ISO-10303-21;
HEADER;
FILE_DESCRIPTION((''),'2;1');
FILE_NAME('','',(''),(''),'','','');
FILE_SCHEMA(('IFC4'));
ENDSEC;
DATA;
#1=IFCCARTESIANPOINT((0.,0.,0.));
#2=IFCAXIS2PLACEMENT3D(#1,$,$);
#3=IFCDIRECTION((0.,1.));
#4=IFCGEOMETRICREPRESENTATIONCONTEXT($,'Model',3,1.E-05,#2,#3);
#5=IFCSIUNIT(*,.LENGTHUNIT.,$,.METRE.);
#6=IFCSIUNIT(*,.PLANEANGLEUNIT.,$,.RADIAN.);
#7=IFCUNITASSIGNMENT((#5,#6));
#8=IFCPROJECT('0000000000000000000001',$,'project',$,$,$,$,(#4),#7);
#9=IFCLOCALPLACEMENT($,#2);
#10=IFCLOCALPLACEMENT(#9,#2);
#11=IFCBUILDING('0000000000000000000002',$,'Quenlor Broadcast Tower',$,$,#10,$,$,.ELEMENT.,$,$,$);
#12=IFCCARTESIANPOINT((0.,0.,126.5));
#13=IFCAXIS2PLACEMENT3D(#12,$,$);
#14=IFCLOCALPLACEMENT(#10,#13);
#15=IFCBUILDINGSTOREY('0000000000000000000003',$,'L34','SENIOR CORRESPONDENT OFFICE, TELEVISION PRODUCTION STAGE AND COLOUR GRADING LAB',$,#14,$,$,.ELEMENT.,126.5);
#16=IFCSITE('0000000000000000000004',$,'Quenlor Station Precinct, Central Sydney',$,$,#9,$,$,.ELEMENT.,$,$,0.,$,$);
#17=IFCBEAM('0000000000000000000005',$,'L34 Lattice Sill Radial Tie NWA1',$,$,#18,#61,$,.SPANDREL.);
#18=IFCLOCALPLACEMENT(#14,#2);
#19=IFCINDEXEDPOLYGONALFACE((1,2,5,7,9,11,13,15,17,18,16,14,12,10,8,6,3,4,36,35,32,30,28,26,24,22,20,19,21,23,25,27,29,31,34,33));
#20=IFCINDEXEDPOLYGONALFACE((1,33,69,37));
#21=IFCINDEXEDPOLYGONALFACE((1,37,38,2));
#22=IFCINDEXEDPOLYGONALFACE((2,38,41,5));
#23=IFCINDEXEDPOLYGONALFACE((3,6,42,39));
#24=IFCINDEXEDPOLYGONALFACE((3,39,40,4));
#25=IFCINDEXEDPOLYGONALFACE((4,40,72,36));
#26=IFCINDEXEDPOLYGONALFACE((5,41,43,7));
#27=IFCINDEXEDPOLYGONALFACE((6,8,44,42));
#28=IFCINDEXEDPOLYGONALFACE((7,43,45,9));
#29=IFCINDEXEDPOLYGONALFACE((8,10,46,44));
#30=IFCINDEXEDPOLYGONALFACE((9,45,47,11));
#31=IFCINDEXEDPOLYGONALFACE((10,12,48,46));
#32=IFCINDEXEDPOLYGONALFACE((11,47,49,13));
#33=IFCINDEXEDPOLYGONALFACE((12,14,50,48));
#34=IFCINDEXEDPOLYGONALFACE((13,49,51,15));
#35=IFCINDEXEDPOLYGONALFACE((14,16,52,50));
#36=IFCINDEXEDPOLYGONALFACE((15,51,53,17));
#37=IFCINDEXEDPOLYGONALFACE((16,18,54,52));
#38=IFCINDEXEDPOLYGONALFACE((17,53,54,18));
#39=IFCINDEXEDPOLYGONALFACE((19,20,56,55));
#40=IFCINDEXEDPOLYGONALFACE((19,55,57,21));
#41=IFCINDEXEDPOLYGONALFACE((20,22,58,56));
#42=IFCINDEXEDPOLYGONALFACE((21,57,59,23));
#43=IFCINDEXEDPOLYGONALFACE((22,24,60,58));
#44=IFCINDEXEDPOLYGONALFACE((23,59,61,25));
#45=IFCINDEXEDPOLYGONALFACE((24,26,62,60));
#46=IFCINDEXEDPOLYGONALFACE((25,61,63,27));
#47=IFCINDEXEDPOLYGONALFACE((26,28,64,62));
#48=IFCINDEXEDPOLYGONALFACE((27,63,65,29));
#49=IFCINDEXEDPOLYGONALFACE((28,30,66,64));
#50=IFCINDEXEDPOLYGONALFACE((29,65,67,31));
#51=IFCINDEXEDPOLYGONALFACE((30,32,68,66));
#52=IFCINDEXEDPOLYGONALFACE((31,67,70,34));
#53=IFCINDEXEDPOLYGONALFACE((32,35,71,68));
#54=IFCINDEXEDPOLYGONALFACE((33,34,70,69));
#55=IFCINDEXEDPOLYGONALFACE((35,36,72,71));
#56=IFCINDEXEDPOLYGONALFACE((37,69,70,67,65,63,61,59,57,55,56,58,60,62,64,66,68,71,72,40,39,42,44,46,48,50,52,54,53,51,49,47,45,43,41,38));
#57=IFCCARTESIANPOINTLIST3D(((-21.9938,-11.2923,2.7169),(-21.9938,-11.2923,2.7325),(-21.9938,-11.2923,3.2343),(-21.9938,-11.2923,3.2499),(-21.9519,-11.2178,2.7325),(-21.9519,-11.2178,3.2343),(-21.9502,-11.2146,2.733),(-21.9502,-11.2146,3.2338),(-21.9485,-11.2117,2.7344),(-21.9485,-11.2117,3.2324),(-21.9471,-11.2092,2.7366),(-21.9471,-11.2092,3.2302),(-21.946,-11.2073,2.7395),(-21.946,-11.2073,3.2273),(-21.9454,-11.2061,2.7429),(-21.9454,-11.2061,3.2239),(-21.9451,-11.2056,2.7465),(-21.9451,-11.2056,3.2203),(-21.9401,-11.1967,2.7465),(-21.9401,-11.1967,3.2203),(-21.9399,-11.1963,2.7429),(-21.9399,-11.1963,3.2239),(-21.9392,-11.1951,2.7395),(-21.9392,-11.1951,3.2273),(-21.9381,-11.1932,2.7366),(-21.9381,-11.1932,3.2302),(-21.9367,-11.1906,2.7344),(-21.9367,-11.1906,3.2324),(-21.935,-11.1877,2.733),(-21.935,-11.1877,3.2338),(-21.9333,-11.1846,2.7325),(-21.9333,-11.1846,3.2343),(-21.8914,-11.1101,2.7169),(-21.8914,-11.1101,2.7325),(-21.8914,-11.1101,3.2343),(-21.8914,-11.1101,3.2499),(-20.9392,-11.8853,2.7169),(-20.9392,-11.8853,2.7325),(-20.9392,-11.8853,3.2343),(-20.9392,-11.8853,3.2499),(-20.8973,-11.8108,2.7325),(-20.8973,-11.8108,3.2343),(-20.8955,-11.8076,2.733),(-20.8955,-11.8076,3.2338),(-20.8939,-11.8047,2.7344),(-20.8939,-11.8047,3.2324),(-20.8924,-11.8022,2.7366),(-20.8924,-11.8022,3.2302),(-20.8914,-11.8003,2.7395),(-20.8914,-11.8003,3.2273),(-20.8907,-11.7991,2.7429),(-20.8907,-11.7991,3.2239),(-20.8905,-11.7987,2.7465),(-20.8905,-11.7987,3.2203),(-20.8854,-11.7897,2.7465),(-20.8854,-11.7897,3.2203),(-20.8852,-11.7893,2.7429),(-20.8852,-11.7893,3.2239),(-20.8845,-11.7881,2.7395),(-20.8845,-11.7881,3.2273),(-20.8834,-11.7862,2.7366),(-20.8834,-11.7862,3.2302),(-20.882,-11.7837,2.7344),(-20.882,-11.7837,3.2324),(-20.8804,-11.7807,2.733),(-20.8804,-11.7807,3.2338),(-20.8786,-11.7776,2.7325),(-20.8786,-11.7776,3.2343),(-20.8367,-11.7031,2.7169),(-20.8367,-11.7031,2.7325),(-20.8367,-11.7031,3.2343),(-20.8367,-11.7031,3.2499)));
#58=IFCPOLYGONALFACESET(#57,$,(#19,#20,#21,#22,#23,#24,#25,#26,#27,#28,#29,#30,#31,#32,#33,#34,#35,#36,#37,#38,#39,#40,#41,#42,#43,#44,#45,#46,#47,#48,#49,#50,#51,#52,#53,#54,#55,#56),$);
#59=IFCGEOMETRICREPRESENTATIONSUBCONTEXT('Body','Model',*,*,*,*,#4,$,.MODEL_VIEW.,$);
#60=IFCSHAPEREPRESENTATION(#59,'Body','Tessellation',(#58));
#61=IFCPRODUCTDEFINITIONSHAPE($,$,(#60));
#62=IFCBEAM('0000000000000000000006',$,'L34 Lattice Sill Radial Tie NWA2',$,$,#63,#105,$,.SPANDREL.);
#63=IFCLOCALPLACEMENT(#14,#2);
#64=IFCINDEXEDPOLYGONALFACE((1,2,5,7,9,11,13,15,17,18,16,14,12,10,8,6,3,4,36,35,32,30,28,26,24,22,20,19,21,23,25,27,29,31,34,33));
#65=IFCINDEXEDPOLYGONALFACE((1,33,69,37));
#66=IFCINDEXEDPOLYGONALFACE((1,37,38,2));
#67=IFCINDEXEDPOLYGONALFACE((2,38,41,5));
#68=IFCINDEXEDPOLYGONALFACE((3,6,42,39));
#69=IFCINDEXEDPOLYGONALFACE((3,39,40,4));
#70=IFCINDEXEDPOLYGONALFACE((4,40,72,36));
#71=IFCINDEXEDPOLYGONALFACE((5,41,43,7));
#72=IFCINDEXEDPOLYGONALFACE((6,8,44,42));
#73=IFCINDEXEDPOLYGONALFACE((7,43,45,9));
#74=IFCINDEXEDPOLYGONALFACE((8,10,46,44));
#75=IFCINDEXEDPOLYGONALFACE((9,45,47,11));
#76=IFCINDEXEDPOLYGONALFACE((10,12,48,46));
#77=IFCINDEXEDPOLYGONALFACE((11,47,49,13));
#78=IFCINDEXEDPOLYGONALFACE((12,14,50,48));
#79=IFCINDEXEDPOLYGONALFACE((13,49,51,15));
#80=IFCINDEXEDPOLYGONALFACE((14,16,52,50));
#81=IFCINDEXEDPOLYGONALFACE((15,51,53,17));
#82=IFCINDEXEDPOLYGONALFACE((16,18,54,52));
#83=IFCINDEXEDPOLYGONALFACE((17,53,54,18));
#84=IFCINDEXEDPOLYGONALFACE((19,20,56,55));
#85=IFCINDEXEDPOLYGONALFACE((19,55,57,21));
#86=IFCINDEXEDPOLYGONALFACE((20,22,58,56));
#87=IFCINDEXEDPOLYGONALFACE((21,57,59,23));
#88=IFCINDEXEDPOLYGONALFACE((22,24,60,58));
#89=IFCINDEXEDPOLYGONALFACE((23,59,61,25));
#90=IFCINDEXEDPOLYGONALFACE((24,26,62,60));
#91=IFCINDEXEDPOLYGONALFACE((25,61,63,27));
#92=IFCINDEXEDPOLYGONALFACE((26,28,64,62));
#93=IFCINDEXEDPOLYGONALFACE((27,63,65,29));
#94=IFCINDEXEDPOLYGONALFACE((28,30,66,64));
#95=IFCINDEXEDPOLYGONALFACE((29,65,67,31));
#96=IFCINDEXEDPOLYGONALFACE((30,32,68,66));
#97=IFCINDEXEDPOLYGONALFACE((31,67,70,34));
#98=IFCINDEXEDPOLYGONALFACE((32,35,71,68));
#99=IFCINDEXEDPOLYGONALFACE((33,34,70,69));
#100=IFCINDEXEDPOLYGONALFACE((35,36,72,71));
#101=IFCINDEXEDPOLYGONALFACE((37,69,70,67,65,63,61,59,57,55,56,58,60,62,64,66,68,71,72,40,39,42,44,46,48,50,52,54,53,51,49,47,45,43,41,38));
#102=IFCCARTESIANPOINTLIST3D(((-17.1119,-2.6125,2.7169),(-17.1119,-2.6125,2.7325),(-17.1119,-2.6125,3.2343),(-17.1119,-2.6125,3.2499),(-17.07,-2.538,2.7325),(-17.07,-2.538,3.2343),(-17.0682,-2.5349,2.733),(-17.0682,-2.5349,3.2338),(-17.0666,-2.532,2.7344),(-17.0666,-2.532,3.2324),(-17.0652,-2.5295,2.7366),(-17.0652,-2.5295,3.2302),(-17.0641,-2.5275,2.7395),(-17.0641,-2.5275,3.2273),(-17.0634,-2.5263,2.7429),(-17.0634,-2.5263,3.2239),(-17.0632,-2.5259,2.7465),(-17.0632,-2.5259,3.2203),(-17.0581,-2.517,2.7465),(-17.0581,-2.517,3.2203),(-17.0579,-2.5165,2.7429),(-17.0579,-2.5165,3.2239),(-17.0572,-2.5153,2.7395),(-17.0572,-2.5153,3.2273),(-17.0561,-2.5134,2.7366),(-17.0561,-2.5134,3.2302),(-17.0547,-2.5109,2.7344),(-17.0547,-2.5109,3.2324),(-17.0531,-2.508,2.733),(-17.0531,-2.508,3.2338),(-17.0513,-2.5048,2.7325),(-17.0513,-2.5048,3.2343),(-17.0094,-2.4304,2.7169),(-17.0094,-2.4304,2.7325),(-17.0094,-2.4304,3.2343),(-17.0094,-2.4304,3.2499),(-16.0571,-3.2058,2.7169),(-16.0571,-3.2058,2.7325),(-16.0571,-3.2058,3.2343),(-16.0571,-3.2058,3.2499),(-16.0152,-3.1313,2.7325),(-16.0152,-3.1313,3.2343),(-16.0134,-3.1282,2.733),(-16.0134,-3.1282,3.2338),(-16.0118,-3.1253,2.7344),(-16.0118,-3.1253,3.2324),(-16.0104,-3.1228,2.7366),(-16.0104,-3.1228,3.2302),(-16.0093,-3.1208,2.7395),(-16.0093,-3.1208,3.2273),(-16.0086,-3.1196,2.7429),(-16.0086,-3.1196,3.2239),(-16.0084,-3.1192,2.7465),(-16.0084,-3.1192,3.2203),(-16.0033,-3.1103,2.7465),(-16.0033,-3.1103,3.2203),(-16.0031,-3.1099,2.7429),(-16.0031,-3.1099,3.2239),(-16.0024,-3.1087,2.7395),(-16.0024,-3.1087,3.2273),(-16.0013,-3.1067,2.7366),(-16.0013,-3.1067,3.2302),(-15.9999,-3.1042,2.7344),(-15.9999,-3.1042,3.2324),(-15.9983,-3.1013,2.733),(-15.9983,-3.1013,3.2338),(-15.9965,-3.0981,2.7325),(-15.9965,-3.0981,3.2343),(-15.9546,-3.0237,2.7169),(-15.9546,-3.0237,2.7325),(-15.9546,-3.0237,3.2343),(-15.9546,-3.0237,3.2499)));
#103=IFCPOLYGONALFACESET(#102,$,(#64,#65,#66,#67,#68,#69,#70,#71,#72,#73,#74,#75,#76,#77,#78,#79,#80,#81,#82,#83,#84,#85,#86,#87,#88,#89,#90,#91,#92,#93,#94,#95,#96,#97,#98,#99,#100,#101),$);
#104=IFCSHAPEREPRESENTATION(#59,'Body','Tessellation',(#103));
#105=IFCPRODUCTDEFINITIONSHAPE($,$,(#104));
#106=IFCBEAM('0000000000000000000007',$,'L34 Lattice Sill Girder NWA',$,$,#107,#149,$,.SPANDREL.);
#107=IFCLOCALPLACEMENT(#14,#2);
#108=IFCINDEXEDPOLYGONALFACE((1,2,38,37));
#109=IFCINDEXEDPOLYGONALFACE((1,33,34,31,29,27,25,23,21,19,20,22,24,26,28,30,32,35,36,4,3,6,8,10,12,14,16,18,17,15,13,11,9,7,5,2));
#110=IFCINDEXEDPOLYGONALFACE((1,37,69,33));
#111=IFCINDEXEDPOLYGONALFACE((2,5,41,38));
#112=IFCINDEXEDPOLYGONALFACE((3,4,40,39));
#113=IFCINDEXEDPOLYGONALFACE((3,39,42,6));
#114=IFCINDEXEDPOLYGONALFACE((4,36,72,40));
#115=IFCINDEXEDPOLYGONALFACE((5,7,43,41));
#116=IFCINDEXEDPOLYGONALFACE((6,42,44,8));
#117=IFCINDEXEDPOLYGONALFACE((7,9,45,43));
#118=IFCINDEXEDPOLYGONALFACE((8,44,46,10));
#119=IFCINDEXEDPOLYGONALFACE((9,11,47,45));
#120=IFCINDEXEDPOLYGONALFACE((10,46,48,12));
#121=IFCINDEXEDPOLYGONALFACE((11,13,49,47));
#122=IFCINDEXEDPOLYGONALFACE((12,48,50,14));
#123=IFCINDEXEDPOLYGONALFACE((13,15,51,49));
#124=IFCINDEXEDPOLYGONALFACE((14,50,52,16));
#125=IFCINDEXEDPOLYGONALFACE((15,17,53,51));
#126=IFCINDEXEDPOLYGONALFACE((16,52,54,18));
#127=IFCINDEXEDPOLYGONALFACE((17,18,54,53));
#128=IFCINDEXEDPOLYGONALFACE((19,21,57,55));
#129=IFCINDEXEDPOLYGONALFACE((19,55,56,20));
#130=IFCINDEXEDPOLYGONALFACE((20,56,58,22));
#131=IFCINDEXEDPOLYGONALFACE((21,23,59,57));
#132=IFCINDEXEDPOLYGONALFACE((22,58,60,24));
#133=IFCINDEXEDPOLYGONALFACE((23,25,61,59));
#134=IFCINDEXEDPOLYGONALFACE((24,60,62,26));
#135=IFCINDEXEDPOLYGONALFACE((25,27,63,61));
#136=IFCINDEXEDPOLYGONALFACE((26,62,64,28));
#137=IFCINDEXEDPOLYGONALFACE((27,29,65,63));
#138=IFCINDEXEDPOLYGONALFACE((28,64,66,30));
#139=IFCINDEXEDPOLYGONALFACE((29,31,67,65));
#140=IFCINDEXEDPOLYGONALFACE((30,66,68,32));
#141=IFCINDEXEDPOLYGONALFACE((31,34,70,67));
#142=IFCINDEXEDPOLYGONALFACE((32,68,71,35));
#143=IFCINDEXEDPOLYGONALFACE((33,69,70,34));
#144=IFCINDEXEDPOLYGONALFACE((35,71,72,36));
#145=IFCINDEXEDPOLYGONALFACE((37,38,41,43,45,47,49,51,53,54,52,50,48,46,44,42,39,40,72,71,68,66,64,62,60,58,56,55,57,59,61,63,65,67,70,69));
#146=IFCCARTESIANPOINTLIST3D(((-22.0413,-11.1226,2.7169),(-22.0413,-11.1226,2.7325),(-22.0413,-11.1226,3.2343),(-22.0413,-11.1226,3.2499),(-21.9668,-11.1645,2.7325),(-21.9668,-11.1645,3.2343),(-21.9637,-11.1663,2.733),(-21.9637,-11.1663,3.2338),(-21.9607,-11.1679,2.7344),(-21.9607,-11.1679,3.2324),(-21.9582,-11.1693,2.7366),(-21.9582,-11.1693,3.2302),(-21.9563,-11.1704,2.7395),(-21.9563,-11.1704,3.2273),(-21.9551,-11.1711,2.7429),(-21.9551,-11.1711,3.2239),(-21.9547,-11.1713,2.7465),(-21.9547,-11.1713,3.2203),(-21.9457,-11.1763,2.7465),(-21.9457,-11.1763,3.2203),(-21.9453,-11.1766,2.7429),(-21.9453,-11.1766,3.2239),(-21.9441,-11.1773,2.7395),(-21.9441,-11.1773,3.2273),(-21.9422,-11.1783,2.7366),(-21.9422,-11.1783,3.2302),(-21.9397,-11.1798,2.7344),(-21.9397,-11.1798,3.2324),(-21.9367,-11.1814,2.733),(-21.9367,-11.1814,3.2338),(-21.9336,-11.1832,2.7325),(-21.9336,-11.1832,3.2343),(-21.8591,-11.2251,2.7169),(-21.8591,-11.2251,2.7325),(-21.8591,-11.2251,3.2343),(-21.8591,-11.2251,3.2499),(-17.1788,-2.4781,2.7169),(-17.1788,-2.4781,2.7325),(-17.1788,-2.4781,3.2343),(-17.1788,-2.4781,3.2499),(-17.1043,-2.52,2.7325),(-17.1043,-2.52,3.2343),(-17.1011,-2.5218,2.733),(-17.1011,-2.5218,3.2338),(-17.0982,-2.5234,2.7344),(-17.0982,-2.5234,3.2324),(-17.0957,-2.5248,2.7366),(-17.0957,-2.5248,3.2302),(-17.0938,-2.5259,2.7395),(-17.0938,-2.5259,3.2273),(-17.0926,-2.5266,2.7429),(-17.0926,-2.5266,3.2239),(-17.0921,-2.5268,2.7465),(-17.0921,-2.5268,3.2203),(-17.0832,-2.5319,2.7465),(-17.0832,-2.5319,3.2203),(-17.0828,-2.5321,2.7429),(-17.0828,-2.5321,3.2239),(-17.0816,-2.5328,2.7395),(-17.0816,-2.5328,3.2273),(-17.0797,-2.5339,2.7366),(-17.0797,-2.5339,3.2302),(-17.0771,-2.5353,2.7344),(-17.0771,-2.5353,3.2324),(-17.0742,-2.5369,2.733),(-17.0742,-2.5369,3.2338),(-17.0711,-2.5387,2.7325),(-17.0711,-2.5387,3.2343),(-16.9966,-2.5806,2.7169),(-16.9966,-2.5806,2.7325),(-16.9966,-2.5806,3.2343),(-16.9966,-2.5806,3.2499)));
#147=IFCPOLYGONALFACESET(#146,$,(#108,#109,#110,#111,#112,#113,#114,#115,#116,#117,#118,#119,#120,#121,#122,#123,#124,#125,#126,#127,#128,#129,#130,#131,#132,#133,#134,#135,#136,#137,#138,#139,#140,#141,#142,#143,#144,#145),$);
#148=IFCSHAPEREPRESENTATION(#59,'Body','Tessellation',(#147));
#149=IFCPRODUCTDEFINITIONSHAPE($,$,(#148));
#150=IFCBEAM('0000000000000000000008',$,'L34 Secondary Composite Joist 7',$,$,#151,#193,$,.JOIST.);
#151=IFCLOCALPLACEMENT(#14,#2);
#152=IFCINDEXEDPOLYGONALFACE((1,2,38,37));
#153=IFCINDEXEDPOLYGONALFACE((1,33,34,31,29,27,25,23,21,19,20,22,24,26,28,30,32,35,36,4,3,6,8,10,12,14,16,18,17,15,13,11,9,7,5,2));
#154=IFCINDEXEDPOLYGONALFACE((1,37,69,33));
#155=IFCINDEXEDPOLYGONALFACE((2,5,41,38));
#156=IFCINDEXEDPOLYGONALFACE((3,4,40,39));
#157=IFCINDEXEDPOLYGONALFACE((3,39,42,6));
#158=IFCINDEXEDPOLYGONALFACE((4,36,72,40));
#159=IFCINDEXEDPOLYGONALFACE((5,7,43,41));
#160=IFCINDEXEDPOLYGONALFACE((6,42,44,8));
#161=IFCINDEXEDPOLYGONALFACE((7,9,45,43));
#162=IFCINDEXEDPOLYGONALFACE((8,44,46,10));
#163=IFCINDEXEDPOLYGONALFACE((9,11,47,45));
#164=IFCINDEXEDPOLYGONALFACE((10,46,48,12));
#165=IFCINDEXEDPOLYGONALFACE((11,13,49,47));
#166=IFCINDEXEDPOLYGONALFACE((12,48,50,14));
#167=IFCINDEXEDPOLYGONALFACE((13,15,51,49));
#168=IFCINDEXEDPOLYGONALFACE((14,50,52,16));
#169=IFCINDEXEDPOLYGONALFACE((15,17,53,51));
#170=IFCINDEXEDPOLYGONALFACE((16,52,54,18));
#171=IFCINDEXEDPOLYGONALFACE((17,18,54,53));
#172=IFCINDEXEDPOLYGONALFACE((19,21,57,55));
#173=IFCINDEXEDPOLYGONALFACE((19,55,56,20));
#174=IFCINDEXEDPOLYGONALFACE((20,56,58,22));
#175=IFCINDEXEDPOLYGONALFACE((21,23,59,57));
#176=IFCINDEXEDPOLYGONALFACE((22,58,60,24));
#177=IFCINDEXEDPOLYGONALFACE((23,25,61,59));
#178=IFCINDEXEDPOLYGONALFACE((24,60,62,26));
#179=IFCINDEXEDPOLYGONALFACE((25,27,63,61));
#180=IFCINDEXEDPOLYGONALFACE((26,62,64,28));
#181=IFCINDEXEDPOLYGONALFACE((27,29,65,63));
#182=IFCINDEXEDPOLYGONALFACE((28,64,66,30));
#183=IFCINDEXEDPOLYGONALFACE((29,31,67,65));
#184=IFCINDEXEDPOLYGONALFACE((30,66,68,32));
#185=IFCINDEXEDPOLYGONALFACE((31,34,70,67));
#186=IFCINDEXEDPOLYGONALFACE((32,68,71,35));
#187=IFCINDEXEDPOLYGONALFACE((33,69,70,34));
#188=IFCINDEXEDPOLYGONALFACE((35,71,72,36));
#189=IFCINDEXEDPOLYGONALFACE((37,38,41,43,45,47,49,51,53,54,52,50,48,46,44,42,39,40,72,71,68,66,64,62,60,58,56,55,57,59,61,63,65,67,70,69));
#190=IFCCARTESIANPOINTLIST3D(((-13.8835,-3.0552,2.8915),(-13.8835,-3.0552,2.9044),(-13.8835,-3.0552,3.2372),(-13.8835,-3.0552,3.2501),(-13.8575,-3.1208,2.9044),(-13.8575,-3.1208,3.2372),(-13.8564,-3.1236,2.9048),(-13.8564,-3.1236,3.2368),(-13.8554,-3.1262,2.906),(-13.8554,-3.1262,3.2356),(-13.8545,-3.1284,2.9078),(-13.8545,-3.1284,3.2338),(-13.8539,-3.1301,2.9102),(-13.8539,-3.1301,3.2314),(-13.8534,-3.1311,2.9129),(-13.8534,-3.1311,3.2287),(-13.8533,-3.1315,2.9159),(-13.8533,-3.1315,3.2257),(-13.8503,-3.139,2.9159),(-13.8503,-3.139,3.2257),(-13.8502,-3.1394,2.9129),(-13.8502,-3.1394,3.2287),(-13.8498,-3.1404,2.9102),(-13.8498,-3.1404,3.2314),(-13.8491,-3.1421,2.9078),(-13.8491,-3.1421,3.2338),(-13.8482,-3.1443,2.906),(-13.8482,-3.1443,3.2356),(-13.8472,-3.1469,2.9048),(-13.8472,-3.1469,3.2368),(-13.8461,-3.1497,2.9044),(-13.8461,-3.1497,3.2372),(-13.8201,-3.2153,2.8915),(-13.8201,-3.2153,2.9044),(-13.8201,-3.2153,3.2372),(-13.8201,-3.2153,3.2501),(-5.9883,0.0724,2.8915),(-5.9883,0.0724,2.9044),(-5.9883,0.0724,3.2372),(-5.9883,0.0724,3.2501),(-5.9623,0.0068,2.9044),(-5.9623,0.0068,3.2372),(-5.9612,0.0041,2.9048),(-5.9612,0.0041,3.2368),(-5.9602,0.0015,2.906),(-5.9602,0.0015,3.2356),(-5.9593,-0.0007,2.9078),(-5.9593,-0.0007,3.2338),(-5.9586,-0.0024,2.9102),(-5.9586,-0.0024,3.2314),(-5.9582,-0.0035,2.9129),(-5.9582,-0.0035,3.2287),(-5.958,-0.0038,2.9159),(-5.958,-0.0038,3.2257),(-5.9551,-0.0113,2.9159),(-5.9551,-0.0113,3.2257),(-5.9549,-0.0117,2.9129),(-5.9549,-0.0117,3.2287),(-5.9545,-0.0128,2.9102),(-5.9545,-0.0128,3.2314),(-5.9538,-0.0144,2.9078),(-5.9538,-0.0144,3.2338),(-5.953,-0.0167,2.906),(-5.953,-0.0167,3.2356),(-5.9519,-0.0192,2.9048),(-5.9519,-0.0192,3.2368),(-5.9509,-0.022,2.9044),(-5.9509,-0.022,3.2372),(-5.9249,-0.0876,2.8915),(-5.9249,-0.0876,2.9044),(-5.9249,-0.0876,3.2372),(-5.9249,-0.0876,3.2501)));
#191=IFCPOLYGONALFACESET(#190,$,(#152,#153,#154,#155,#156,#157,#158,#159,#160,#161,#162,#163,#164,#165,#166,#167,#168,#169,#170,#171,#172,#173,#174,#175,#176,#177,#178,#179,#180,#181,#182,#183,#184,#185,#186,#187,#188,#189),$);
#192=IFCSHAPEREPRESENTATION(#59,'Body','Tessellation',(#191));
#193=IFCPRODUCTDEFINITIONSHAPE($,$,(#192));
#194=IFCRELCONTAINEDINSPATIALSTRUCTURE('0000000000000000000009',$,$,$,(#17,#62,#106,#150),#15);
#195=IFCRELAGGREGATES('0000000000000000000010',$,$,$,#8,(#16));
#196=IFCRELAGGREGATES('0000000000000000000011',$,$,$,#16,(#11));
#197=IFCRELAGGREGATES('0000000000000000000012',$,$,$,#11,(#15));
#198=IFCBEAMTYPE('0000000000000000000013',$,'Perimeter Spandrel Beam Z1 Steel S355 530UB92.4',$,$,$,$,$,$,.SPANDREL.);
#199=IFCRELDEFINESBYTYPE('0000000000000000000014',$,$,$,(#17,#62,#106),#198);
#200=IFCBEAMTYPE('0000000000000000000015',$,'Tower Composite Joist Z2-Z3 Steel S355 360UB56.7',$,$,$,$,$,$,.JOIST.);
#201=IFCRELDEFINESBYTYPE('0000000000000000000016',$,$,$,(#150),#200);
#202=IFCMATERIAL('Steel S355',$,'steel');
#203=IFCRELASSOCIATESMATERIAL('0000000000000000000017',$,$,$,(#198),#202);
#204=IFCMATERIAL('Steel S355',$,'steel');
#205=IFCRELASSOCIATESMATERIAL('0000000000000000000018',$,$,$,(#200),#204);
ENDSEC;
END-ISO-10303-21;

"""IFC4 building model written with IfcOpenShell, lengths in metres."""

from ifc_helpers import new_model, si_unit, direction, frame, origin, origin_2d, place, context, subcontext, project, spatial, i_section, extrude, material, material_profile, profile_set, type_object, element, save


model = new_model("IFC4")

# Units and contexts
model_context = context("Model", 3, precision=1e-05, world=origin(), true_north=direction((0.0, 1.0)))
body_context = subcontext(model_context, "Body", "Model", "MODEL_VIEW")
ifc_project = project(units=[si_unit("LENGTHUNIT", "METRE"), si_unit("PLANEANGLEUNIT", "RADIAN")], contexts=[model_context])

# Site, building, storey
site_placement = place(None, origin())
site = spatial("IfcSite", under=ifc_project, at=site_placement, Name="Quenlor Station Precinct, Central Sydney", CompositionType="ELEMENT", RefElevation=0.0)
building_placement = place(site_placement, origin())
building = spatial("IfcBuilding", under=site, at=building_placement, Name="Quenlor Broadcast Tower", CompositionType="ELEMENT")
storey_placement = place(building_placement, frame((0.0, 0.0, 126.5)))
storey = spatial("IfcBuildingStorey", under=building, at=storey_placement, Name="L34", Description="SENIOR CORRESPONDENT OFFICE, TELEVISION PRODUCTION STAGE AND COLOUR GRADING LAB", CompositionType="ELEMENT", Elevation=126.5)

# Beams
ifc_material_1 = material(Name="Steel S355", Category="steel")
ifc_material_profile_1 = material_profile(ifc_material_1, i_section(OverallWidth=0.209, OverallDepth=0.533, WebThickness=0.0103, FlangeThickness=0.0156, FilletRadius=0.0139, at=origin_2d()))
ifc_profile_set_1 = profile_set([ifc_material_profile_1], Name="Steel S355 530UB92.4")
beam_type_1 = type_object("IfcBeamType", Name="Perimeter Spandrel Beam Z1 Steel S355 530UB92.4", PredefinedType="SPANDREL", material=ifc_profile_set_1)
beam_1_placement = place(storey_placement, frame((-20.8879, -11.7942, 2.9834), z_axis=(-0.871662, 0.490108, 0.0), x_axis=(-0.490108, -0.871662, 0.0)))
element("IfcBeam", 1, at=beam_1_placement, inside=storey, type_object=beam_type_1, Name="L34 Lattice Sill Radial Tie NWA1", PredefinedType="SPANDREL", context=body_context, shape_type="SweptSolid", body=[
    extrude(i_section(OverallWidth=0.209, OverallDepth=0.533, WebThickness=0.0103, FlangeThickness=0.0156, FilletRadius=0.0139, at=origin_2d()), origin(), (0.0, 0.0, 1.0), 1.21),
])
beam_2_placement = place(storey_placement, frame((-16.0059, -3.1147, 2.9834), z_axis=(-0.871576, 0.490261, 0.0), x_axis=(-0.490261, -0.871576, 0.0)))
element("IfcBeam", 2, at=beam_2_placement, inside=storey, type_object=beam_type_1, Name="L34 Lattice Sill Radial Tie NWA2", PredefinedType="SPANDREL", context=body_context, shape_type="SweptSolid", body=[
    extrude(i_section(OverallWidth=0.209, OverallDepth=0.533, WebThickness=0.0103, FlangeThickness=0.0156, FilletRadius=0.0139, at=origin_2d()), origin(), (0.0, 0.0, 1.0), 1.2102),
])
beam_3_placement = place(storey_placement, frame((-21.9502, -11.1738, 2.9834), z_axis=(0.490261, 0.871576, 0.0), x_axis=(-0.871576, 0.490261, 0.0)))
element("IfcBeam", 3, at=beam_3_placement, inside=storey, type_object=beam_type_1, Name="L34 Lattice Sill Girder NWA", PredefinedType="SPANDREL", context=body_context, shape_type="SweptSolid", body=[
    extrude(i_section(OverallWidth=0.209, OverallDepth=0.533, WebThickness=0.0103, FlangeThickness=0.0156, FilletRadius=0.0139, at=origin_2d()), origin(), (0.0, 0.0, 1.0), 9.9182),
])
ifc_material_2 = material(Name="Steel S355", Category="steel")
ifc_material_profile_2 = material_profile(ifc_material_2, i_section(OverallWidth=0.1721, OverallDepth=0.3586, WebThickness=0.0081, FlangeThickness=0.0129, FilletRadius=0.0115, at=origin_2d()))
ifc_profile_set_2 = profile_set([ifc_material_profile_2], Name="Steel S355 360UB56.7")
beam_type_2 = type_object("IfcBeamType", Name="Tower Composite Joist Z2-Z3 Steel S355 360UB56.7", PredefinedType="JOIST", material=ifc_profile_set_2)
beam_4_placement = place(storey_placement, frame((-13.8518, -3.1353, 3.0708), z_axis=(0.929707, 0.368301, 0.0), x_axis=(-0.368301, 0.929707, 0.0)))
element("IfcBeam", 4, at=beam_4_placement, inside=storey, type_object=beam_type_2, Name="L34 Secondary Composite Joist 7", PredefinedType="JOIST", context=body_context, shape_type="SweptSolid", body=[
    extrude(i_section(OverallWidth=0.1721, OverallDepth=0.3586, WebThickness=0.0081, FlangeThickness=0.0129, FilletRadius=0.0115, at=origin_2d()), origin(), (0.0, 0.0, 1.0), 8.4922),
])

save(model, "model.ifc")
